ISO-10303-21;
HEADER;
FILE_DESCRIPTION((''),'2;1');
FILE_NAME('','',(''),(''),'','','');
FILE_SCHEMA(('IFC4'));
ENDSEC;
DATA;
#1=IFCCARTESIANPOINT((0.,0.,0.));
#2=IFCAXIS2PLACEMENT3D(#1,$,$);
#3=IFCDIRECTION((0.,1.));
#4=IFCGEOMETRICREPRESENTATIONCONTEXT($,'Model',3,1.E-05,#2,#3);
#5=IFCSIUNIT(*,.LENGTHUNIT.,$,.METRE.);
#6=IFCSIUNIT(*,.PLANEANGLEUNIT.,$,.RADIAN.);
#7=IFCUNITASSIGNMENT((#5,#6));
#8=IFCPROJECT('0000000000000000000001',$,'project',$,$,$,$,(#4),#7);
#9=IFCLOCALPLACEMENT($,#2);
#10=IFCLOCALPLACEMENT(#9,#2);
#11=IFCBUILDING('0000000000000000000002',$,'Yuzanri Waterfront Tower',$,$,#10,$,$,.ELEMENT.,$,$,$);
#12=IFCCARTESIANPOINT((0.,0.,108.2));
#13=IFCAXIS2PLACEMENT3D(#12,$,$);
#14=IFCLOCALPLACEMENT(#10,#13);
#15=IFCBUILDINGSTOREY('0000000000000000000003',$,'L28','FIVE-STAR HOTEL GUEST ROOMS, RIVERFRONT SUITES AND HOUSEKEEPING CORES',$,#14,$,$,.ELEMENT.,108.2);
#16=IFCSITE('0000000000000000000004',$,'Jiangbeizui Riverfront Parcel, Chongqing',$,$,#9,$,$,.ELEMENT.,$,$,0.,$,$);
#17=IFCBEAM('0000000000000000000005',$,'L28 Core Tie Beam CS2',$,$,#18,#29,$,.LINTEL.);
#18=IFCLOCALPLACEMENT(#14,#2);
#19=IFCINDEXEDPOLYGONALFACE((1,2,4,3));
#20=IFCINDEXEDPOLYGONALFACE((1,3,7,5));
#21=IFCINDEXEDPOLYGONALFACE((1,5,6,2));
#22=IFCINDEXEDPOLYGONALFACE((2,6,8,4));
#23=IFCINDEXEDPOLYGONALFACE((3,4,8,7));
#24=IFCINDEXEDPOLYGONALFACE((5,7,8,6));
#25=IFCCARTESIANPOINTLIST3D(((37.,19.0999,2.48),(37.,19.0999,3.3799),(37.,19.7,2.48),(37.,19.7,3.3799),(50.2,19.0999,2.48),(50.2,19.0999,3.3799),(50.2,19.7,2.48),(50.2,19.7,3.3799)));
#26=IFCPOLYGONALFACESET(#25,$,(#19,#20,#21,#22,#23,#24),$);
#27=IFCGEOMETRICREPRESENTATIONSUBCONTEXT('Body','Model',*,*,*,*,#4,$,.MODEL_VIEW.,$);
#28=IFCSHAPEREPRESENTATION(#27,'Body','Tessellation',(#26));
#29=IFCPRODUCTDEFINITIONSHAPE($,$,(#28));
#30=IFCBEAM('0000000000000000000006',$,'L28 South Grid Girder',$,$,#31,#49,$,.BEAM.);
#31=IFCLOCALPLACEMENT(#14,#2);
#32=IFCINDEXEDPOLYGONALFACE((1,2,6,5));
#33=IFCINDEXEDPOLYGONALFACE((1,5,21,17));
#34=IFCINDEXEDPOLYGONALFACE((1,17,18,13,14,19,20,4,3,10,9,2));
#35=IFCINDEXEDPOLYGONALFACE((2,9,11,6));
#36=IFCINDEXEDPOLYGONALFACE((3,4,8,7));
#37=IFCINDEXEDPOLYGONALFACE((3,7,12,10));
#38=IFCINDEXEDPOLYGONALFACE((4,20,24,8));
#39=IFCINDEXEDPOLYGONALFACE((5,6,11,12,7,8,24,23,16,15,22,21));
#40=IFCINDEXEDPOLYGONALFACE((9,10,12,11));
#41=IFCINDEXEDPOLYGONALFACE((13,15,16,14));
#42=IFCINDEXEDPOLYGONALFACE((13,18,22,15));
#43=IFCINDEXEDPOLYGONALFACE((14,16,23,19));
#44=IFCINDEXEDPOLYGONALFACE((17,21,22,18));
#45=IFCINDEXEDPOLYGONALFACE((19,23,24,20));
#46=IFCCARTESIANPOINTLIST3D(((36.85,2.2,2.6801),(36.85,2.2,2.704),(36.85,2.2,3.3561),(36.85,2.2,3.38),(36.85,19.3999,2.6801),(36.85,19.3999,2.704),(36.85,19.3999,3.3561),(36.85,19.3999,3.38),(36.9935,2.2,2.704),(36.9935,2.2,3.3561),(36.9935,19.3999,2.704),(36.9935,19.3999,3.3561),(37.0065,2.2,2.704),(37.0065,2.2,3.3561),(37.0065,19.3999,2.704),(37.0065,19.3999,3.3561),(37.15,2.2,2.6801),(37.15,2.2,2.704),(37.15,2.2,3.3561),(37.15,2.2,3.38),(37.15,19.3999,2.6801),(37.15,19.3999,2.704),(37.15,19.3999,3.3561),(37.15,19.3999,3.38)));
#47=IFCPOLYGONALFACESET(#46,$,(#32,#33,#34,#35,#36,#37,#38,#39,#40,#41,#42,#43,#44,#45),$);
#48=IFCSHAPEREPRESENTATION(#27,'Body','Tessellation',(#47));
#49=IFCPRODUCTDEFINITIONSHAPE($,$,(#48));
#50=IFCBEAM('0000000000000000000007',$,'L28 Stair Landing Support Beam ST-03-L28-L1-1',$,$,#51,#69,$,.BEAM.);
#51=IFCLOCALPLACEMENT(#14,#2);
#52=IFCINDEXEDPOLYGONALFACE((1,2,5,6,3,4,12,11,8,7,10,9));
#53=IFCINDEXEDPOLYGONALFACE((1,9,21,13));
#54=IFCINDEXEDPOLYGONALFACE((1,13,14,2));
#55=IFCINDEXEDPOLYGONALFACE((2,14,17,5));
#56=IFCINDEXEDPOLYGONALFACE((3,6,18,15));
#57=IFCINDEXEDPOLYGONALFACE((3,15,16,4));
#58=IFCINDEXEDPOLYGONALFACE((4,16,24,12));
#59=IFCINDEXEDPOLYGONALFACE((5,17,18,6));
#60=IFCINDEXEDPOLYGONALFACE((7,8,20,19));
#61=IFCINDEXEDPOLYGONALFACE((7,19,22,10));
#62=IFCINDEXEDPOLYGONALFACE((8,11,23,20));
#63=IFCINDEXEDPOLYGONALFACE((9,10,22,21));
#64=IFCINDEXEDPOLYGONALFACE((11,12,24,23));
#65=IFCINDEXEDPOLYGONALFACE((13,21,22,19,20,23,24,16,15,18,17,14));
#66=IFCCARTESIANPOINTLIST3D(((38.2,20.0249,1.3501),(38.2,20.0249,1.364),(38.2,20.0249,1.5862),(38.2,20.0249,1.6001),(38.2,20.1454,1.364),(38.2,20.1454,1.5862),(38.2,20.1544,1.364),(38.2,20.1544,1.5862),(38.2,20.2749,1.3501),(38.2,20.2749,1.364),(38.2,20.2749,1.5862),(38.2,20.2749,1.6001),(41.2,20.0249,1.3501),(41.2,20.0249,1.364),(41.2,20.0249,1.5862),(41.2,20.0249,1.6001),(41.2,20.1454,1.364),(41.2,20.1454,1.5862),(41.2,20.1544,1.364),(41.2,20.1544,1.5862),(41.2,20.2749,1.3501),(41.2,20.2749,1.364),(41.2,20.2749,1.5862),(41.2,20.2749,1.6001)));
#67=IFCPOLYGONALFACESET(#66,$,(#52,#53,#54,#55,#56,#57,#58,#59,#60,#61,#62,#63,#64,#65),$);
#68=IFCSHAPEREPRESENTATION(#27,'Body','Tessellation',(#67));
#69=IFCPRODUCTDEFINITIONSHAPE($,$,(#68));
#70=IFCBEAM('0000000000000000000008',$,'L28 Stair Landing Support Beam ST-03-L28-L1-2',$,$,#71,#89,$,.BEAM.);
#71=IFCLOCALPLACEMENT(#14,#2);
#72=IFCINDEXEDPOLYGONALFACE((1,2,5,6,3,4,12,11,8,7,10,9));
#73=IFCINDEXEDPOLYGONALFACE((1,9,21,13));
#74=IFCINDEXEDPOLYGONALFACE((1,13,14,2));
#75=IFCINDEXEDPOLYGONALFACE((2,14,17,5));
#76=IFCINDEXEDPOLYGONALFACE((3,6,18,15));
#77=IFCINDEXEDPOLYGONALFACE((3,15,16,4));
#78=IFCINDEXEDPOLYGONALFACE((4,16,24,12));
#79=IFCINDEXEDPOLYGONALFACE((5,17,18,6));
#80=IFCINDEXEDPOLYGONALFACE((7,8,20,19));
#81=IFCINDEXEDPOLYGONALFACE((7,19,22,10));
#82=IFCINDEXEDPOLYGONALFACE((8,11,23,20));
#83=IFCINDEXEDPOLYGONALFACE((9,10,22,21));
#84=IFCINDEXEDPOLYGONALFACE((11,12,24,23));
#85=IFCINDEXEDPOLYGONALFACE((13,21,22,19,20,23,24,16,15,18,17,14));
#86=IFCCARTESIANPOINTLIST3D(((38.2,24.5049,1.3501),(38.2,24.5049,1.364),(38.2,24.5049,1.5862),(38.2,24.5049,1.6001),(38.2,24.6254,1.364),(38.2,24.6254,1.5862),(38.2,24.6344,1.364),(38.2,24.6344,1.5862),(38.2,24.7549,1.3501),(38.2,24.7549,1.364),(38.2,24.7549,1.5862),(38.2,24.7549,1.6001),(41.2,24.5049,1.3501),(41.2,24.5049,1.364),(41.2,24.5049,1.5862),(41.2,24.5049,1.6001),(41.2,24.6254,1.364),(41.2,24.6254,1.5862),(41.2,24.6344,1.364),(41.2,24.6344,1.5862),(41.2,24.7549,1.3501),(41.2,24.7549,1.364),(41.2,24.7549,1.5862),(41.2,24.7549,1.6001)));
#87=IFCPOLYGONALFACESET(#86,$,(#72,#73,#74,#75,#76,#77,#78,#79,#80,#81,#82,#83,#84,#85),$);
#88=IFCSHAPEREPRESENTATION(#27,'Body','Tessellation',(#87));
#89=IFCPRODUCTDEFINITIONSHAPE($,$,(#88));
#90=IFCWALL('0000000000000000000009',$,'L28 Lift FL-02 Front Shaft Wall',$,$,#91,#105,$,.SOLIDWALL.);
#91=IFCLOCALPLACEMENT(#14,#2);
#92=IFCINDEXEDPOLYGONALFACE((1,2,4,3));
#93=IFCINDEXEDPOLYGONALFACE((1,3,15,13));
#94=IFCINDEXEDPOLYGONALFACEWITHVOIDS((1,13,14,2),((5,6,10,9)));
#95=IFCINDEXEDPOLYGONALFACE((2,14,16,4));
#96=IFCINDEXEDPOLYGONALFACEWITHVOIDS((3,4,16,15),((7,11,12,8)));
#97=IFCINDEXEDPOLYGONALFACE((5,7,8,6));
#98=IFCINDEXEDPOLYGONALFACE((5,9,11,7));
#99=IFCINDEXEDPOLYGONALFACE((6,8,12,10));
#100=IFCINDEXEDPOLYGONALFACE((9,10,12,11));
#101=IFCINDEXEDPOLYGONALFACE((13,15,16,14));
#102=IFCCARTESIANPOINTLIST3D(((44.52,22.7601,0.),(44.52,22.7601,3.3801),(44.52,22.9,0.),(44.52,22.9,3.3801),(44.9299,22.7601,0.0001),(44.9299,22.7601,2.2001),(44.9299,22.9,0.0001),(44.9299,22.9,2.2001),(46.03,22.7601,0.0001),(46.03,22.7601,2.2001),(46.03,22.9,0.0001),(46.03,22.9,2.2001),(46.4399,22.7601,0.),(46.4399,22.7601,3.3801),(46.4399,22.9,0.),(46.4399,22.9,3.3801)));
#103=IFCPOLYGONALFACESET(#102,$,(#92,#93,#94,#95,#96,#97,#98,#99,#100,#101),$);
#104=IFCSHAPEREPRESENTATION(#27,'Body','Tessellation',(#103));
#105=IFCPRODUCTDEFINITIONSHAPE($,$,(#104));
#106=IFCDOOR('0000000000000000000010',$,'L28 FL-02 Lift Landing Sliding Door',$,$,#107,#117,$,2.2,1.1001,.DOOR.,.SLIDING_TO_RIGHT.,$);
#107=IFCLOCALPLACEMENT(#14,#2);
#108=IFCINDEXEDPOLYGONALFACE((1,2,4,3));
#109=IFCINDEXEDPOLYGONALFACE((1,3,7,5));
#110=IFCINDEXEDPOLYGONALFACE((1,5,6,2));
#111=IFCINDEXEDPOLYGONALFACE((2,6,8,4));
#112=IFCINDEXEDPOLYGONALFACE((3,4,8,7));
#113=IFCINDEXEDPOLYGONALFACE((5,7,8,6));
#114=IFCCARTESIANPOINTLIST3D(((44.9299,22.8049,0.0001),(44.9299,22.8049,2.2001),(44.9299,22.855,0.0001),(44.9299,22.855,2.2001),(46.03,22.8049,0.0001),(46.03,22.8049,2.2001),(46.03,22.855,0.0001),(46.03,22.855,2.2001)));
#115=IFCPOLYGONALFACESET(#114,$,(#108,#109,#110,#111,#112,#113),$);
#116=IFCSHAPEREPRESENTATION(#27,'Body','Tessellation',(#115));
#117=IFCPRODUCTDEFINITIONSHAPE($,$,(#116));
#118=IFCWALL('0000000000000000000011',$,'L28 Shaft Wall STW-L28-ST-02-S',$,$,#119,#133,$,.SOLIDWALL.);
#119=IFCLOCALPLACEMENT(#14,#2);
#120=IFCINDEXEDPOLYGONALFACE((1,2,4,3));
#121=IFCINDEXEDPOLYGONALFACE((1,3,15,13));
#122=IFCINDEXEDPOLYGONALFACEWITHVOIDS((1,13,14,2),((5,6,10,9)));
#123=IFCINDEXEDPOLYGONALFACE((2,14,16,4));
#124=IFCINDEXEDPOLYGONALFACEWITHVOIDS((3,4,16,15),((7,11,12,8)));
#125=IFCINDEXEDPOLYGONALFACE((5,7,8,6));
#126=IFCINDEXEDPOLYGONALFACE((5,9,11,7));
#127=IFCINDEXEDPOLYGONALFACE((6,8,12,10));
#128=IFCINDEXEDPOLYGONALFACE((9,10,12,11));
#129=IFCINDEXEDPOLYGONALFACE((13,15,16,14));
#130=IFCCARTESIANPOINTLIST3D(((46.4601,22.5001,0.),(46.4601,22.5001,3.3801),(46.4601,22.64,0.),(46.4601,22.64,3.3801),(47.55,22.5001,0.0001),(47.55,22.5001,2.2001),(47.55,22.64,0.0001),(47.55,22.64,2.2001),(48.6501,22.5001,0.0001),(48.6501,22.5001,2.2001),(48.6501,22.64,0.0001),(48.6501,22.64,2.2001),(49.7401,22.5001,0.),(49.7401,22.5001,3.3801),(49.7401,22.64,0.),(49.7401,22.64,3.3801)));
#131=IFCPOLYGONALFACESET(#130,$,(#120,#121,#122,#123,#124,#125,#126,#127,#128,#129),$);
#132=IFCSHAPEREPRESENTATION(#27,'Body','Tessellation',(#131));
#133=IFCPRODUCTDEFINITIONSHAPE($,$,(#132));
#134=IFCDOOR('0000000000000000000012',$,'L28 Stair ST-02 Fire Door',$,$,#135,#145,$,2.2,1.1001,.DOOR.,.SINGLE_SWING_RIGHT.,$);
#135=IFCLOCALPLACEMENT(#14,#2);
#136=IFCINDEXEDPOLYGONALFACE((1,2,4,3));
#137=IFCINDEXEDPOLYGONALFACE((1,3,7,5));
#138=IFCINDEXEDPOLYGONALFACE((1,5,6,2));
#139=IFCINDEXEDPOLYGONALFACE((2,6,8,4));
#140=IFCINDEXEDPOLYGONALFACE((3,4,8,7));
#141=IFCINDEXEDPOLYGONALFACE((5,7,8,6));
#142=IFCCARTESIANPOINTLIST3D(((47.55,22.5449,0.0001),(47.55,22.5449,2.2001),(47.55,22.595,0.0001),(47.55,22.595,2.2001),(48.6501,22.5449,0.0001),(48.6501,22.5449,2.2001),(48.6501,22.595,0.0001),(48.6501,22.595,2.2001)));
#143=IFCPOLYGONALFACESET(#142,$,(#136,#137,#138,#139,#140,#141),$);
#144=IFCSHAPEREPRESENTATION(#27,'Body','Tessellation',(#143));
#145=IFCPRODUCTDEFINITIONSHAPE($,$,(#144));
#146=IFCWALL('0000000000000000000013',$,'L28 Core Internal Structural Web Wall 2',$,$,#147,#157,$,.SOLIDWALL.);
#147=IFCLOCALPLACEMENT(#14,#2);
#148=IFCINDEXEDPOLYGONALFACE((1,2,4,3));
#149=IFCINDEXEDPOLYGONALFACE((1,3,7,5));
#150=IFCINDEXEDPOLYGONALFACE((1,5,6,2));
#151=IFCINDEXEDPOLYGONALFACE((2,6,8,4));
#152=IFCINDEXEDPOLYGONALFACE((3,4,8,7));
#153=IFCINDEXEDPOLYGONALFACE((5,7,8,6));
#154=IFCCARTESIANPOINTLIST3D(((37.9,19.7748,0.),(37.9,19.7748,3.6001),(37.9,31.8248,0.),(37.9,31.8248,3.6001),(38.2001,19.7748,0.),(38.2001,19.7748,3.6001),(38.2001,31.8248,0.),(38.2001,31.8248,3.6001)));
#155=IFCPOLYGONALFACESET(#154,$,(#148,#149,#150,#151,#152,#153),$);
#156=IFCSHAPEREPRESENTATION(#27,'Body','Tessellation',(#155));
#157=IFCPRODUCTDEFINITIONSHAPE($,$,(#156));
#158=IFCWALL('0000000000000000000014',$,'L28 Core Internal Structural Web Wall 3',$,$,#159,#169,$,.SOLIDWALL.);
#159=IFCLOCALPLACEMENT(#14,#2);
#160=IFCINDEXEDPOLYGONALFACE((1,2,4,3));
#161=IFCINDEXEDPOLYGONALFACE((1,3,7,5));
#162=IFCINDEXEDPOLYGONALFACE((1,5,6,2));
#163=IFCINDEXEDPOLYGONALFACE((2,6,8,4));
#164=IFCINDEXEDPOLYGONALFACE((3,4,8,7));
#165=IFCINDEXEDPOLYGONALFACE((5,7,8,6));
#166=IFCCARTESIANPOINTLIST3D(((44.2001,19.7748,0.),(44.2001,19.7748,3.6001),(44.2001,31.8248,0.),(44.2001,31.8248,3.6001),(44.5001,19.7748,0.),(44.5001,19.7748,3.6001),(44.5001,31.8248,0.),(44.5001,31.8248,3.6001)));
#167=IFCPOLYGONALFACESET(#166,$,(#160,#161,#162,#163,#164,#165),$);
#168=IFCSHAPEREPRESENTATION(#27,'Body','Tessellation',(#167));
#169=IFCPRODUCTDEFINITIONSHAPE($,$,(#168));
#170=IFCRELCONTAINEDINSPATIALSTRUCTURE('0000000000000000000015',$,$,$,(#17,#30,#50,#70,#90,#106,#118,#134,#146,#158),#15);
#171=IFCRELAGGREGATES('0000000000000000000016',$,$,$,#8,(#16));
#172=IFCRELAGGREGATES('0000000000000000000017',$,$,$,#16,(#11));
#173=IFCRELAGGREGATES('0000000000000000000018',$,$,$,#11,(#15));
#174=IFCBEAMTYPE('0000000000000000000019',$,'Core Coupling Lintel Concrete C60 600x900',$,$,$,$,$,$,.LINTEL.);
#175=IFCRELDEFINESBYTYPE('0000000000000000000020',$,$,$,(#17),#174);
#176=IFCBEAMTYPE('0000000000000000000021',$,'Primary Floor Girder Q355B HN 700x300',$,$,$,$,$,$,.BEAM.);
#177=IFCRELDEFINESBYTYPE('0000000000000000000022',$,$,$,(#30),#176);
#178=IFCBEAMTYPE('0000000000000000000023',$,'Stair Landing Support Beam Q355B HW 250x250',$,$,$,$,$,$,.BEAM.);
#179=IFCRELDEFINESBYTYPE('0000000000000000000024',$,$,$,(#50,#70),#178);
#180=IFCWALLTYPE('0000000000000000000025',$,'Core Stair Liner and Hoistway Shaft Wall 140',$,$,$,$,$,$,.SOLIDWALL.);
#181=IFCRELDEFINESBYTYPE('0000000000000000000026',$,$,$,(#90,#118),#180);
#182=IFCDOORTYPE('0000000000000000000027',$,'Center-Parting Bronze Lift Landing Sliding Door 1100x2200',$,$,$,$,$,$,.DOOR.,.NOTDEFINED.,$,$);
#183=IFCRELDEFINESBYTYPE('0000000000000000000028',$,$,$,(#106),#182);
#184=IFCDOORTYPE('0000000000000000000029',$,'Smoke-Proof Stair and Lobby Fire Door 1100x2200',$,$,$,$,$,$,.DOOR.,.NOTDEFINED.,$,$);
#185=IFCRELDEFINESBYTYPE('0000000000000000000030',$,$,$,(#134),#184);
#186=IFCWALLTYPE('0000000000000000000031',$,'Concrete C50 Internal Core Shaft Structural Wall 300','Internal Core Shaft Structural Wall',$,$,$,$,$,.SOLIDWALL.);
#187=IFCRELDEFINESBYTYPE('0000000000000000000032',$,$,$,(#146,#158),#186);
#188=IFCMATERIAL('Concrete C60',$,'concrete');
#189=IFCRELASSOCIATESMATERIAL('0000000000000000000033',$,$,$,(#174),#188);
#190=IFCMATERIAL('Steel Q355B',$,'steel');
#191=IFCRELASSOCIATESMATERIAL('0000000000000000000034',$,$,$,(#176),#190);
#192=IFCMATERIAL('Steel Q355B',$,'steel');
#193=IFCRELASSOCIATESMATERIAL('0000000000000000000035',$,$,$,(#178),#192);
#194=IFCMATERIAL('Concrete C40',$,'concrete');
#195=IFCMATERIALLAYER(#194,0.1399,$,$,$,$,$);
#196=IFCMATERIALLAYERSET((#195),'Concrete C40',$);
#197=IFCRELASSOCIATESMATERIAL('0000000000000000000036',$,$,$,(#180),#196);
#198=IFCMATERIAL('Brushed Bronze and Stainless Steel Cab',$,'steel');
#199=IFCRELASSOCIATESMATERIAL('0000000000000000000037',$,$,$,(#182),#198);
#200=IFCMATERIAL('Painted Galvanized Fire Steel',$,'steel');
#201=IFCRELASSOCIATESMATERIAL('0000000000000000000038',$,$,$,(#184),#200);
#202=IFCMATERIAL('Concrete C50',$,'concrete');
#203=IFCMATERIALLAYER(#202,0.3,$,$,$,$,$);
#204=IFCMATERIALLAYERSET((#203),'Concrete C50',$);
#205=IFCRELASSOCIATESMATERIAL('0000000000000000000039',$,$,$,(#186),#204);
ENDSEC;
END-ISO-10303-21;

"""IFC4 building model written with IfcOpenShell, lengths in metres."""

from ifc_helpers import new_model, si_unit, direction, frame, frame_2d, origin, origin_2d, place, context, subcontext, project, spatial, rectangle, i_section, extrude, source, transform, mapped, material, layer, layer_set, material_profile, profile_set, type_object, element, fill, save


model = new_model("IFC4")

# Units and contexts
model_context = context("Model", 3, precision=1e-05, world=origin(), true_north=direction((0.0, 1.0)))
body_context = subcontext(model_context, "Body", "Model", "MODEL_VIEW")
ifc_project = project(units=[si_unit("LENGTHUNIT", "METRE"), si_unit("PLANEANGLEUNIT", "RADIAN")], contexts=[model_context])

# Site, building, storey
site_placement = place(None, origin())
site = spatial("IfcSite", under=ifc_project, at=site_placement, Name="Jiangbeizui Riverfront Parcel, Chongqing", CompositionType="ELEMENT", RefElevation=0.0)
building_placement = place(site_placement, origin())
building = spatial("IfcBuilding", under=site, at=building_placement, Name="Yuzanri Waterfront Tower", CompositionType="ELEMENT")
storey_placement = place(building_placement, frame((0.0, 0.0, 108.2)))
storey = spatial("IfcBuildingStorey", under=building, at=storey_placement, Name="L28", Description="FIVE-STAR HOTEL GUEST ROOMS, RIVERFRONT SUITES AND HOUSEKEEPING CORES", CompositionType="ELEMENT", Elevation=108.2)

# Beams
ifc_material_1 = material(Name="Concrete C60", Category="concrete")
ifc_material_profile_1 = material_profile(ifc_material_1, rectangle(XDim=0.6001, YDim=0.8999, at=origin_2d()), Name="RC 600x900")
ifc_profile_set_1 = profile_set([ifc_material_profile_1], Name="Concrete C60")
beam_type_1 = type_object("IfcBeamType", Name="Core Coupling Lintel Concrete C60 600x900", PredefinedType="LINTEL", material=ifc_profile_set_1)
shared_shape_1 = source(origin(), body_context, "Body", "SweptSolid", [
    extrude(rectangle(XDim=0.6001, YDim=0.8999, at=origin_2d()), origin(), (0.0, 0.0, 1.0), 13.2),
])
beam_1_placement = place(storey_placement, frame((37.0, 19.3999, 2.9299), z_axis=(1.0, 0.0, 0.0), x_axis=(0.0, 1.0, 0.0)))
element("IfcBeam", 1, at=beam_1_placement, inside=storey, type_object=beam_type_1, Name="L28 Core Tie Beam CS2", PredefinedType="LINTEL", context=body_context, shape_type="MappedRepresentation", body=[
    mapped(shared_shape_1, transform((0.0, 0.0, 0.0), scale=1.0)),
])
ifc_material_2 = material(Name="Steel Q355B", Category="steel")
ifc_material_profile_2 = material_profile(ifc_material_2, i_section(OverallWidth=0.3, OverallDepth=0.7, WebThickness=0.0129, FlangeThickness=0.0239, at=origin_2d()), Name="HN 700x300x13x24")
ifc_profile_set_2 = profile_set([ifc_material_profile_2], Name="Steel Q355B")
beam_type_2 = type_object("IfcBeamType", Name="Primary Floor Girder Q355B HN 700x300", PredefinedType="BEAM", material=ifc_profile_set_2)
shared_shape_2 = source(origin(), body_context, "Body", "SweptSolid", [
    extrude(i_section(OverallWidth=0.3, OverallDepth=0.7, WebThickness=0.0129, FlangeThickness=0.0239, at=origin_2d()), origin(), (0.0, 0.0, 1.0), 17.2),
])
beam_2_placement = place(storey_placement, frame((37.0, 19.3999, 3.03), z_axis=(0.0, -1.0, 0.0), x_axis=(1.0, 0.0, 0.0)))
element("IfcBeam", 2, at=beam_2_placement, inside=storey, type_object=beam_type_2, Name="L28 South Grid Girder", PredefinedType="BEAM", context=body_context, shape_type="MappedRepresentation", body=[
    mapped(shared_shape_2, transform((0.0, 0.0, 0.0), scale=1.0)),
])
ifc_material_3 = material(Name="Steel Q355B", Category="steel")
ifc_material_profile_3 = material_profile(ifc_material_3, i_section(OverallWidth=0.25, OverallDepth=0.25, WebThickness=0.009, FlangeThickness=0.0139, at=origin_2d()), Name="HW 250x250x9x14")
ifc_profile_set_3 = profile_set([ifc_material_profile_3], Name="Steel Q355B")
beam_type_3 = type_object("IfcBeamType", Name="Stair Landing Support Beam Q355B HW 250x250", PredefinedType="BEAM", material=ifc_profile_set_3)
shared_shape_3 = source(origin(), body_context, "Body", "SweptSolid", [
    extrude(i_section(OverallWidth=0.25, OverallDepth=0.25, WebThickness=0.009, FlangeThickness=0.0139, at=origin_2d()), origin(), (0.0, 0.0, 1.0), 3.0),
])
for number, where, z_axis, x_axis, name in (
    (3, (38.2, 20.1499, 1.4751), (1.0, 0.0, 0.0), (0.0, 1.0, 0.0), "L28 Stair Landing Support Beam ST-03-L28-L1-1"),
    (4, (38.2, 24.6299, 1.4751), (1.0, 0.0, 0.0), (0.0, 1.0, 0.0), "L28 Stair Landing Support Beam ST-03-L28-L1-2"),
):
    element("IfcBeam", number, at=place(storey_placement, frame(where, z_axis=z_axis, x_axis=x_axis)), inside=storey, type_object=beam_type_3, Name=name, PredefinedType="BEAM", context=body_context, shape_type="MappedRepresentation", body=[
        mapped(shared_shape_3, transform((0.0, 0.0, 0.0), scale=1.0)),
    ])

# Walls, openings, doors
ifc_material_4 = material(Name="Concrete C40", Category="concrete")
ifc_layer_1 = layer(ifc_material_4, 0.1399)
ifc_layer_set_1 = layer_set([ifc_layer_1], Name="Concrete C40")
wall_type_1 = type_object("IfcWallType", Name="Core Stair Liner and Hoistway Shaft Wall 140", PredefinedType="SOLIDWALL", material=ifc_layer_set_1)
wall_1_placement = place(storey_placement, frame((44.52, 22.8301, 0.0), z_axis=(0.0, 0.0, 1.0), x_axis=(1.0, 0.0, 0.0)))
wall_1 = element("IfcWall", 5, at=wall_1_placement, inside=storey, type_object=wall_type_1, Name="L28 Lift FL-02 Front Shaft Wall", PredefinedType="SOLIDWALL", context=body_context, shape_type="SweptSolid", body=[
    extrude(rectangle(XDim=1.9199, YDim=0.1399, at=frame_2d((0.96, 0.0))), origin(), (0.0, 0.0, 1.0), 3.3801),
])
opening_1_placement = place(wall_1_placement, frame((0.4099, 0.0, 0.0)))
opening_1 = element("IfcOpeningElement", 6, at=opening_1_placement, cuts=wall_1, PredefinedType="OPENING", context=body_context, shape_type="SweptSolid", body=[
    extrude(rectangle(XDim=1.1001, YDim=2.2, at=frame_2d((0.55, 1.1001))), frame((0.0, 0.085, 0.0), z_axis=(0.0, -1.0, 0.0), x_axis=(1.0, 0.0, 0.0)), (0.0, 0.0, 1.0), 0.1697),
])
ifc_material_5 = material(Name="Brushed Bronze and Stainless Steel Cab", Category="steel")
door_type_1 = type_object("IfcDoorType", Name="Center-Parting Bronze Lift Landing Sliding Door 1100x2200", OperationType="NOTDEFINED", PredefinedType="DOOR", material=ifc_material_5)
shared_shape_4 = source(origin(), body_context, "Body", "SweptSolid", [
    extrude(rectangle(XDim=1.1001, YDim=2.2, at=frame_2d((0.55, 1.1001))), frame((0.0, 0.0249, 0.0), z_axis=(0.0, -1.0, 0.0), x_axis=(1.0, 0.0, 0.0)), (0.0, 0.0, 1.0), 0.05),
])
door_1_placement = place(opening_1_placement, origin())
door_1 = element("IfcDoor", 7, at=door_1_placement, inside=storey, type_object=door_type_1, Name="L28 FL-02 Lift Landing Sliding Door", OperationType="SLIDING_TO_RIGHT", OverallHeight=2.2, OverallWidth=1.1001, PredefinedType="DOOR", context=body_context, shape_type="MappedRepresentation", body=[
    mapped(shared_shape_4, transform((0.0, 0.0, 0.0), scale=1.0)),
])
fill(opening_1, door_1)
wall_2_placement = place(storey_placement, frame((46.46, 22.5701, 0.0), z_axis=(0.0, 0.0, 1.0), x_axis=(1.0, 0.0, 0.0)))
wall_2 = element("IfcWall", 8, at=wall_2_placement, inside=storey, type_object=wall_type_1, Name="L28 Shaft Wall STW-L28-ST-02-S", PredefinedType="SOLIDWALL", context=body_context, shape_type="SweptSolid", body=[
    extrude(rectangle(XDim=3.28, YDim=0.1399, at=frame_2d((1.6401, 0.0))), origin(), (0.0, 0.0, 1.0), 3.3801),
])
opening_2_placement = place(wall_2_placement, frame((1.0901, 0.0, 0.0)))
opening_2 = element("IfcOpeningElement", 9, at=opening_2_placement, cuts=wall_2, PredefinedType="OPENING", context=body_context, shape_type="SweptSolid", body=[
    extrude(rectangle(XDim=1.1001, YDim=2.2, at=frame_2d((0.55, 1.1001))), frame((0.0, 0.085, 0.0), z_axis=(0.0, -1.0, 0.0), x_axis=(1.0, 0.0, 0.0)), (0.0, 0.0, 1.0), 0.1697),
])
ifc_material_6 = material(Name="Painted Galvanized Fire Steel", Category="steel")
door_type_2 = type_object("IfcDoorType", Name="Smoke-Proof Stair and Lobby Fire Door 1100x2200", OperationType="NOTDEFINED", PredefinedType="DOOR", material=ifc_material_6)
shared_shape_5 = source(origin(), body_context, "Body", "SweptSolid", [
    extrude(rectangle(XDim=1.1001, YDim=2.2, at=frame_2d((0.55, 1.1001))), frame((0.0, 0.0249, 0.0), z_axis=(0.0, -1.0, 0.0), x_axis=(1.0, 0.0, 0.0)), (0.0, 0.0, 1.0), 0.05),
])
door_2_placement = place(opening_2_placement, origin())
door_2 = element("IfcDoor", 10, at=door_2_placement, inside=storey, type_object=door_type_2, Name="L28 Stair ST-02 Fire Door", OperationType="SINGLE_SWING_RIGHT", OverallHeight=2.2, OverallWidth=1.1001, PredefinedType="DOOR", context=body_context, shape_type="MappedRepresentation", body=[
    mapped(shared_shape_5, transform((0.0, 0.0, 0.0), scale=1.0)),
])
fill(opening_2, door_2)

# Walls
ifc_material_7 = material(Name="Concrete C50", Category="concrete")
ifc_layer_2 = layer(ifc_material_7, 0.3)
ifc_layer_set_2 = layer_set([ifc_layer_2], Name="Concrete C50")
wall_type_2 = type_object("IfcWallType", Name="Concrete C50 Internal Core Shaft Structural Wall 300", Description="Internal Core Shaft Structural Wall", PredefinedType="SOLIDWALL", material=ifc_layer_set_2)
shared_shape_6 = source(origin(), body_context, "Body", "SweptSolid", [
    extrude(rectangle(XDim=12.05, YDim=0.3, at=frame_2d((6.0249, 0.0))), origin(), (0.0, 0.0, 1.0), 3.6001),
])
for number, where, z_axis, x_axis, name in (
    (11, (38.05, 19.7749, 0.0), (0.0, 0.0, 1.0), (0.0, 1.0, 0.0), "L28 Core Internal Structural Web Wall 2"),
    (12, (44.3501, 19.7749, 0.0), (0.0, 0.0, 1.0), (0.0, 1.0, 0.0), "L28 Core Internal Structural Web Wall 3"),
):
    element("IfcWall", number, at=place(storey_placement, frame(where, z_axis=z_axis, x_axis=x_axis)), inside=storey, type_object=wall_type_2, Name=name, PredefinedType="SOLIDWALL", context=body_context, shape_type="MappedRepresentation", body=[
        mapped(shared_shape_6, transform((0.0, 0.0, 0.0), scale=1.0)),
    ])

save(model, "model.ifc")
